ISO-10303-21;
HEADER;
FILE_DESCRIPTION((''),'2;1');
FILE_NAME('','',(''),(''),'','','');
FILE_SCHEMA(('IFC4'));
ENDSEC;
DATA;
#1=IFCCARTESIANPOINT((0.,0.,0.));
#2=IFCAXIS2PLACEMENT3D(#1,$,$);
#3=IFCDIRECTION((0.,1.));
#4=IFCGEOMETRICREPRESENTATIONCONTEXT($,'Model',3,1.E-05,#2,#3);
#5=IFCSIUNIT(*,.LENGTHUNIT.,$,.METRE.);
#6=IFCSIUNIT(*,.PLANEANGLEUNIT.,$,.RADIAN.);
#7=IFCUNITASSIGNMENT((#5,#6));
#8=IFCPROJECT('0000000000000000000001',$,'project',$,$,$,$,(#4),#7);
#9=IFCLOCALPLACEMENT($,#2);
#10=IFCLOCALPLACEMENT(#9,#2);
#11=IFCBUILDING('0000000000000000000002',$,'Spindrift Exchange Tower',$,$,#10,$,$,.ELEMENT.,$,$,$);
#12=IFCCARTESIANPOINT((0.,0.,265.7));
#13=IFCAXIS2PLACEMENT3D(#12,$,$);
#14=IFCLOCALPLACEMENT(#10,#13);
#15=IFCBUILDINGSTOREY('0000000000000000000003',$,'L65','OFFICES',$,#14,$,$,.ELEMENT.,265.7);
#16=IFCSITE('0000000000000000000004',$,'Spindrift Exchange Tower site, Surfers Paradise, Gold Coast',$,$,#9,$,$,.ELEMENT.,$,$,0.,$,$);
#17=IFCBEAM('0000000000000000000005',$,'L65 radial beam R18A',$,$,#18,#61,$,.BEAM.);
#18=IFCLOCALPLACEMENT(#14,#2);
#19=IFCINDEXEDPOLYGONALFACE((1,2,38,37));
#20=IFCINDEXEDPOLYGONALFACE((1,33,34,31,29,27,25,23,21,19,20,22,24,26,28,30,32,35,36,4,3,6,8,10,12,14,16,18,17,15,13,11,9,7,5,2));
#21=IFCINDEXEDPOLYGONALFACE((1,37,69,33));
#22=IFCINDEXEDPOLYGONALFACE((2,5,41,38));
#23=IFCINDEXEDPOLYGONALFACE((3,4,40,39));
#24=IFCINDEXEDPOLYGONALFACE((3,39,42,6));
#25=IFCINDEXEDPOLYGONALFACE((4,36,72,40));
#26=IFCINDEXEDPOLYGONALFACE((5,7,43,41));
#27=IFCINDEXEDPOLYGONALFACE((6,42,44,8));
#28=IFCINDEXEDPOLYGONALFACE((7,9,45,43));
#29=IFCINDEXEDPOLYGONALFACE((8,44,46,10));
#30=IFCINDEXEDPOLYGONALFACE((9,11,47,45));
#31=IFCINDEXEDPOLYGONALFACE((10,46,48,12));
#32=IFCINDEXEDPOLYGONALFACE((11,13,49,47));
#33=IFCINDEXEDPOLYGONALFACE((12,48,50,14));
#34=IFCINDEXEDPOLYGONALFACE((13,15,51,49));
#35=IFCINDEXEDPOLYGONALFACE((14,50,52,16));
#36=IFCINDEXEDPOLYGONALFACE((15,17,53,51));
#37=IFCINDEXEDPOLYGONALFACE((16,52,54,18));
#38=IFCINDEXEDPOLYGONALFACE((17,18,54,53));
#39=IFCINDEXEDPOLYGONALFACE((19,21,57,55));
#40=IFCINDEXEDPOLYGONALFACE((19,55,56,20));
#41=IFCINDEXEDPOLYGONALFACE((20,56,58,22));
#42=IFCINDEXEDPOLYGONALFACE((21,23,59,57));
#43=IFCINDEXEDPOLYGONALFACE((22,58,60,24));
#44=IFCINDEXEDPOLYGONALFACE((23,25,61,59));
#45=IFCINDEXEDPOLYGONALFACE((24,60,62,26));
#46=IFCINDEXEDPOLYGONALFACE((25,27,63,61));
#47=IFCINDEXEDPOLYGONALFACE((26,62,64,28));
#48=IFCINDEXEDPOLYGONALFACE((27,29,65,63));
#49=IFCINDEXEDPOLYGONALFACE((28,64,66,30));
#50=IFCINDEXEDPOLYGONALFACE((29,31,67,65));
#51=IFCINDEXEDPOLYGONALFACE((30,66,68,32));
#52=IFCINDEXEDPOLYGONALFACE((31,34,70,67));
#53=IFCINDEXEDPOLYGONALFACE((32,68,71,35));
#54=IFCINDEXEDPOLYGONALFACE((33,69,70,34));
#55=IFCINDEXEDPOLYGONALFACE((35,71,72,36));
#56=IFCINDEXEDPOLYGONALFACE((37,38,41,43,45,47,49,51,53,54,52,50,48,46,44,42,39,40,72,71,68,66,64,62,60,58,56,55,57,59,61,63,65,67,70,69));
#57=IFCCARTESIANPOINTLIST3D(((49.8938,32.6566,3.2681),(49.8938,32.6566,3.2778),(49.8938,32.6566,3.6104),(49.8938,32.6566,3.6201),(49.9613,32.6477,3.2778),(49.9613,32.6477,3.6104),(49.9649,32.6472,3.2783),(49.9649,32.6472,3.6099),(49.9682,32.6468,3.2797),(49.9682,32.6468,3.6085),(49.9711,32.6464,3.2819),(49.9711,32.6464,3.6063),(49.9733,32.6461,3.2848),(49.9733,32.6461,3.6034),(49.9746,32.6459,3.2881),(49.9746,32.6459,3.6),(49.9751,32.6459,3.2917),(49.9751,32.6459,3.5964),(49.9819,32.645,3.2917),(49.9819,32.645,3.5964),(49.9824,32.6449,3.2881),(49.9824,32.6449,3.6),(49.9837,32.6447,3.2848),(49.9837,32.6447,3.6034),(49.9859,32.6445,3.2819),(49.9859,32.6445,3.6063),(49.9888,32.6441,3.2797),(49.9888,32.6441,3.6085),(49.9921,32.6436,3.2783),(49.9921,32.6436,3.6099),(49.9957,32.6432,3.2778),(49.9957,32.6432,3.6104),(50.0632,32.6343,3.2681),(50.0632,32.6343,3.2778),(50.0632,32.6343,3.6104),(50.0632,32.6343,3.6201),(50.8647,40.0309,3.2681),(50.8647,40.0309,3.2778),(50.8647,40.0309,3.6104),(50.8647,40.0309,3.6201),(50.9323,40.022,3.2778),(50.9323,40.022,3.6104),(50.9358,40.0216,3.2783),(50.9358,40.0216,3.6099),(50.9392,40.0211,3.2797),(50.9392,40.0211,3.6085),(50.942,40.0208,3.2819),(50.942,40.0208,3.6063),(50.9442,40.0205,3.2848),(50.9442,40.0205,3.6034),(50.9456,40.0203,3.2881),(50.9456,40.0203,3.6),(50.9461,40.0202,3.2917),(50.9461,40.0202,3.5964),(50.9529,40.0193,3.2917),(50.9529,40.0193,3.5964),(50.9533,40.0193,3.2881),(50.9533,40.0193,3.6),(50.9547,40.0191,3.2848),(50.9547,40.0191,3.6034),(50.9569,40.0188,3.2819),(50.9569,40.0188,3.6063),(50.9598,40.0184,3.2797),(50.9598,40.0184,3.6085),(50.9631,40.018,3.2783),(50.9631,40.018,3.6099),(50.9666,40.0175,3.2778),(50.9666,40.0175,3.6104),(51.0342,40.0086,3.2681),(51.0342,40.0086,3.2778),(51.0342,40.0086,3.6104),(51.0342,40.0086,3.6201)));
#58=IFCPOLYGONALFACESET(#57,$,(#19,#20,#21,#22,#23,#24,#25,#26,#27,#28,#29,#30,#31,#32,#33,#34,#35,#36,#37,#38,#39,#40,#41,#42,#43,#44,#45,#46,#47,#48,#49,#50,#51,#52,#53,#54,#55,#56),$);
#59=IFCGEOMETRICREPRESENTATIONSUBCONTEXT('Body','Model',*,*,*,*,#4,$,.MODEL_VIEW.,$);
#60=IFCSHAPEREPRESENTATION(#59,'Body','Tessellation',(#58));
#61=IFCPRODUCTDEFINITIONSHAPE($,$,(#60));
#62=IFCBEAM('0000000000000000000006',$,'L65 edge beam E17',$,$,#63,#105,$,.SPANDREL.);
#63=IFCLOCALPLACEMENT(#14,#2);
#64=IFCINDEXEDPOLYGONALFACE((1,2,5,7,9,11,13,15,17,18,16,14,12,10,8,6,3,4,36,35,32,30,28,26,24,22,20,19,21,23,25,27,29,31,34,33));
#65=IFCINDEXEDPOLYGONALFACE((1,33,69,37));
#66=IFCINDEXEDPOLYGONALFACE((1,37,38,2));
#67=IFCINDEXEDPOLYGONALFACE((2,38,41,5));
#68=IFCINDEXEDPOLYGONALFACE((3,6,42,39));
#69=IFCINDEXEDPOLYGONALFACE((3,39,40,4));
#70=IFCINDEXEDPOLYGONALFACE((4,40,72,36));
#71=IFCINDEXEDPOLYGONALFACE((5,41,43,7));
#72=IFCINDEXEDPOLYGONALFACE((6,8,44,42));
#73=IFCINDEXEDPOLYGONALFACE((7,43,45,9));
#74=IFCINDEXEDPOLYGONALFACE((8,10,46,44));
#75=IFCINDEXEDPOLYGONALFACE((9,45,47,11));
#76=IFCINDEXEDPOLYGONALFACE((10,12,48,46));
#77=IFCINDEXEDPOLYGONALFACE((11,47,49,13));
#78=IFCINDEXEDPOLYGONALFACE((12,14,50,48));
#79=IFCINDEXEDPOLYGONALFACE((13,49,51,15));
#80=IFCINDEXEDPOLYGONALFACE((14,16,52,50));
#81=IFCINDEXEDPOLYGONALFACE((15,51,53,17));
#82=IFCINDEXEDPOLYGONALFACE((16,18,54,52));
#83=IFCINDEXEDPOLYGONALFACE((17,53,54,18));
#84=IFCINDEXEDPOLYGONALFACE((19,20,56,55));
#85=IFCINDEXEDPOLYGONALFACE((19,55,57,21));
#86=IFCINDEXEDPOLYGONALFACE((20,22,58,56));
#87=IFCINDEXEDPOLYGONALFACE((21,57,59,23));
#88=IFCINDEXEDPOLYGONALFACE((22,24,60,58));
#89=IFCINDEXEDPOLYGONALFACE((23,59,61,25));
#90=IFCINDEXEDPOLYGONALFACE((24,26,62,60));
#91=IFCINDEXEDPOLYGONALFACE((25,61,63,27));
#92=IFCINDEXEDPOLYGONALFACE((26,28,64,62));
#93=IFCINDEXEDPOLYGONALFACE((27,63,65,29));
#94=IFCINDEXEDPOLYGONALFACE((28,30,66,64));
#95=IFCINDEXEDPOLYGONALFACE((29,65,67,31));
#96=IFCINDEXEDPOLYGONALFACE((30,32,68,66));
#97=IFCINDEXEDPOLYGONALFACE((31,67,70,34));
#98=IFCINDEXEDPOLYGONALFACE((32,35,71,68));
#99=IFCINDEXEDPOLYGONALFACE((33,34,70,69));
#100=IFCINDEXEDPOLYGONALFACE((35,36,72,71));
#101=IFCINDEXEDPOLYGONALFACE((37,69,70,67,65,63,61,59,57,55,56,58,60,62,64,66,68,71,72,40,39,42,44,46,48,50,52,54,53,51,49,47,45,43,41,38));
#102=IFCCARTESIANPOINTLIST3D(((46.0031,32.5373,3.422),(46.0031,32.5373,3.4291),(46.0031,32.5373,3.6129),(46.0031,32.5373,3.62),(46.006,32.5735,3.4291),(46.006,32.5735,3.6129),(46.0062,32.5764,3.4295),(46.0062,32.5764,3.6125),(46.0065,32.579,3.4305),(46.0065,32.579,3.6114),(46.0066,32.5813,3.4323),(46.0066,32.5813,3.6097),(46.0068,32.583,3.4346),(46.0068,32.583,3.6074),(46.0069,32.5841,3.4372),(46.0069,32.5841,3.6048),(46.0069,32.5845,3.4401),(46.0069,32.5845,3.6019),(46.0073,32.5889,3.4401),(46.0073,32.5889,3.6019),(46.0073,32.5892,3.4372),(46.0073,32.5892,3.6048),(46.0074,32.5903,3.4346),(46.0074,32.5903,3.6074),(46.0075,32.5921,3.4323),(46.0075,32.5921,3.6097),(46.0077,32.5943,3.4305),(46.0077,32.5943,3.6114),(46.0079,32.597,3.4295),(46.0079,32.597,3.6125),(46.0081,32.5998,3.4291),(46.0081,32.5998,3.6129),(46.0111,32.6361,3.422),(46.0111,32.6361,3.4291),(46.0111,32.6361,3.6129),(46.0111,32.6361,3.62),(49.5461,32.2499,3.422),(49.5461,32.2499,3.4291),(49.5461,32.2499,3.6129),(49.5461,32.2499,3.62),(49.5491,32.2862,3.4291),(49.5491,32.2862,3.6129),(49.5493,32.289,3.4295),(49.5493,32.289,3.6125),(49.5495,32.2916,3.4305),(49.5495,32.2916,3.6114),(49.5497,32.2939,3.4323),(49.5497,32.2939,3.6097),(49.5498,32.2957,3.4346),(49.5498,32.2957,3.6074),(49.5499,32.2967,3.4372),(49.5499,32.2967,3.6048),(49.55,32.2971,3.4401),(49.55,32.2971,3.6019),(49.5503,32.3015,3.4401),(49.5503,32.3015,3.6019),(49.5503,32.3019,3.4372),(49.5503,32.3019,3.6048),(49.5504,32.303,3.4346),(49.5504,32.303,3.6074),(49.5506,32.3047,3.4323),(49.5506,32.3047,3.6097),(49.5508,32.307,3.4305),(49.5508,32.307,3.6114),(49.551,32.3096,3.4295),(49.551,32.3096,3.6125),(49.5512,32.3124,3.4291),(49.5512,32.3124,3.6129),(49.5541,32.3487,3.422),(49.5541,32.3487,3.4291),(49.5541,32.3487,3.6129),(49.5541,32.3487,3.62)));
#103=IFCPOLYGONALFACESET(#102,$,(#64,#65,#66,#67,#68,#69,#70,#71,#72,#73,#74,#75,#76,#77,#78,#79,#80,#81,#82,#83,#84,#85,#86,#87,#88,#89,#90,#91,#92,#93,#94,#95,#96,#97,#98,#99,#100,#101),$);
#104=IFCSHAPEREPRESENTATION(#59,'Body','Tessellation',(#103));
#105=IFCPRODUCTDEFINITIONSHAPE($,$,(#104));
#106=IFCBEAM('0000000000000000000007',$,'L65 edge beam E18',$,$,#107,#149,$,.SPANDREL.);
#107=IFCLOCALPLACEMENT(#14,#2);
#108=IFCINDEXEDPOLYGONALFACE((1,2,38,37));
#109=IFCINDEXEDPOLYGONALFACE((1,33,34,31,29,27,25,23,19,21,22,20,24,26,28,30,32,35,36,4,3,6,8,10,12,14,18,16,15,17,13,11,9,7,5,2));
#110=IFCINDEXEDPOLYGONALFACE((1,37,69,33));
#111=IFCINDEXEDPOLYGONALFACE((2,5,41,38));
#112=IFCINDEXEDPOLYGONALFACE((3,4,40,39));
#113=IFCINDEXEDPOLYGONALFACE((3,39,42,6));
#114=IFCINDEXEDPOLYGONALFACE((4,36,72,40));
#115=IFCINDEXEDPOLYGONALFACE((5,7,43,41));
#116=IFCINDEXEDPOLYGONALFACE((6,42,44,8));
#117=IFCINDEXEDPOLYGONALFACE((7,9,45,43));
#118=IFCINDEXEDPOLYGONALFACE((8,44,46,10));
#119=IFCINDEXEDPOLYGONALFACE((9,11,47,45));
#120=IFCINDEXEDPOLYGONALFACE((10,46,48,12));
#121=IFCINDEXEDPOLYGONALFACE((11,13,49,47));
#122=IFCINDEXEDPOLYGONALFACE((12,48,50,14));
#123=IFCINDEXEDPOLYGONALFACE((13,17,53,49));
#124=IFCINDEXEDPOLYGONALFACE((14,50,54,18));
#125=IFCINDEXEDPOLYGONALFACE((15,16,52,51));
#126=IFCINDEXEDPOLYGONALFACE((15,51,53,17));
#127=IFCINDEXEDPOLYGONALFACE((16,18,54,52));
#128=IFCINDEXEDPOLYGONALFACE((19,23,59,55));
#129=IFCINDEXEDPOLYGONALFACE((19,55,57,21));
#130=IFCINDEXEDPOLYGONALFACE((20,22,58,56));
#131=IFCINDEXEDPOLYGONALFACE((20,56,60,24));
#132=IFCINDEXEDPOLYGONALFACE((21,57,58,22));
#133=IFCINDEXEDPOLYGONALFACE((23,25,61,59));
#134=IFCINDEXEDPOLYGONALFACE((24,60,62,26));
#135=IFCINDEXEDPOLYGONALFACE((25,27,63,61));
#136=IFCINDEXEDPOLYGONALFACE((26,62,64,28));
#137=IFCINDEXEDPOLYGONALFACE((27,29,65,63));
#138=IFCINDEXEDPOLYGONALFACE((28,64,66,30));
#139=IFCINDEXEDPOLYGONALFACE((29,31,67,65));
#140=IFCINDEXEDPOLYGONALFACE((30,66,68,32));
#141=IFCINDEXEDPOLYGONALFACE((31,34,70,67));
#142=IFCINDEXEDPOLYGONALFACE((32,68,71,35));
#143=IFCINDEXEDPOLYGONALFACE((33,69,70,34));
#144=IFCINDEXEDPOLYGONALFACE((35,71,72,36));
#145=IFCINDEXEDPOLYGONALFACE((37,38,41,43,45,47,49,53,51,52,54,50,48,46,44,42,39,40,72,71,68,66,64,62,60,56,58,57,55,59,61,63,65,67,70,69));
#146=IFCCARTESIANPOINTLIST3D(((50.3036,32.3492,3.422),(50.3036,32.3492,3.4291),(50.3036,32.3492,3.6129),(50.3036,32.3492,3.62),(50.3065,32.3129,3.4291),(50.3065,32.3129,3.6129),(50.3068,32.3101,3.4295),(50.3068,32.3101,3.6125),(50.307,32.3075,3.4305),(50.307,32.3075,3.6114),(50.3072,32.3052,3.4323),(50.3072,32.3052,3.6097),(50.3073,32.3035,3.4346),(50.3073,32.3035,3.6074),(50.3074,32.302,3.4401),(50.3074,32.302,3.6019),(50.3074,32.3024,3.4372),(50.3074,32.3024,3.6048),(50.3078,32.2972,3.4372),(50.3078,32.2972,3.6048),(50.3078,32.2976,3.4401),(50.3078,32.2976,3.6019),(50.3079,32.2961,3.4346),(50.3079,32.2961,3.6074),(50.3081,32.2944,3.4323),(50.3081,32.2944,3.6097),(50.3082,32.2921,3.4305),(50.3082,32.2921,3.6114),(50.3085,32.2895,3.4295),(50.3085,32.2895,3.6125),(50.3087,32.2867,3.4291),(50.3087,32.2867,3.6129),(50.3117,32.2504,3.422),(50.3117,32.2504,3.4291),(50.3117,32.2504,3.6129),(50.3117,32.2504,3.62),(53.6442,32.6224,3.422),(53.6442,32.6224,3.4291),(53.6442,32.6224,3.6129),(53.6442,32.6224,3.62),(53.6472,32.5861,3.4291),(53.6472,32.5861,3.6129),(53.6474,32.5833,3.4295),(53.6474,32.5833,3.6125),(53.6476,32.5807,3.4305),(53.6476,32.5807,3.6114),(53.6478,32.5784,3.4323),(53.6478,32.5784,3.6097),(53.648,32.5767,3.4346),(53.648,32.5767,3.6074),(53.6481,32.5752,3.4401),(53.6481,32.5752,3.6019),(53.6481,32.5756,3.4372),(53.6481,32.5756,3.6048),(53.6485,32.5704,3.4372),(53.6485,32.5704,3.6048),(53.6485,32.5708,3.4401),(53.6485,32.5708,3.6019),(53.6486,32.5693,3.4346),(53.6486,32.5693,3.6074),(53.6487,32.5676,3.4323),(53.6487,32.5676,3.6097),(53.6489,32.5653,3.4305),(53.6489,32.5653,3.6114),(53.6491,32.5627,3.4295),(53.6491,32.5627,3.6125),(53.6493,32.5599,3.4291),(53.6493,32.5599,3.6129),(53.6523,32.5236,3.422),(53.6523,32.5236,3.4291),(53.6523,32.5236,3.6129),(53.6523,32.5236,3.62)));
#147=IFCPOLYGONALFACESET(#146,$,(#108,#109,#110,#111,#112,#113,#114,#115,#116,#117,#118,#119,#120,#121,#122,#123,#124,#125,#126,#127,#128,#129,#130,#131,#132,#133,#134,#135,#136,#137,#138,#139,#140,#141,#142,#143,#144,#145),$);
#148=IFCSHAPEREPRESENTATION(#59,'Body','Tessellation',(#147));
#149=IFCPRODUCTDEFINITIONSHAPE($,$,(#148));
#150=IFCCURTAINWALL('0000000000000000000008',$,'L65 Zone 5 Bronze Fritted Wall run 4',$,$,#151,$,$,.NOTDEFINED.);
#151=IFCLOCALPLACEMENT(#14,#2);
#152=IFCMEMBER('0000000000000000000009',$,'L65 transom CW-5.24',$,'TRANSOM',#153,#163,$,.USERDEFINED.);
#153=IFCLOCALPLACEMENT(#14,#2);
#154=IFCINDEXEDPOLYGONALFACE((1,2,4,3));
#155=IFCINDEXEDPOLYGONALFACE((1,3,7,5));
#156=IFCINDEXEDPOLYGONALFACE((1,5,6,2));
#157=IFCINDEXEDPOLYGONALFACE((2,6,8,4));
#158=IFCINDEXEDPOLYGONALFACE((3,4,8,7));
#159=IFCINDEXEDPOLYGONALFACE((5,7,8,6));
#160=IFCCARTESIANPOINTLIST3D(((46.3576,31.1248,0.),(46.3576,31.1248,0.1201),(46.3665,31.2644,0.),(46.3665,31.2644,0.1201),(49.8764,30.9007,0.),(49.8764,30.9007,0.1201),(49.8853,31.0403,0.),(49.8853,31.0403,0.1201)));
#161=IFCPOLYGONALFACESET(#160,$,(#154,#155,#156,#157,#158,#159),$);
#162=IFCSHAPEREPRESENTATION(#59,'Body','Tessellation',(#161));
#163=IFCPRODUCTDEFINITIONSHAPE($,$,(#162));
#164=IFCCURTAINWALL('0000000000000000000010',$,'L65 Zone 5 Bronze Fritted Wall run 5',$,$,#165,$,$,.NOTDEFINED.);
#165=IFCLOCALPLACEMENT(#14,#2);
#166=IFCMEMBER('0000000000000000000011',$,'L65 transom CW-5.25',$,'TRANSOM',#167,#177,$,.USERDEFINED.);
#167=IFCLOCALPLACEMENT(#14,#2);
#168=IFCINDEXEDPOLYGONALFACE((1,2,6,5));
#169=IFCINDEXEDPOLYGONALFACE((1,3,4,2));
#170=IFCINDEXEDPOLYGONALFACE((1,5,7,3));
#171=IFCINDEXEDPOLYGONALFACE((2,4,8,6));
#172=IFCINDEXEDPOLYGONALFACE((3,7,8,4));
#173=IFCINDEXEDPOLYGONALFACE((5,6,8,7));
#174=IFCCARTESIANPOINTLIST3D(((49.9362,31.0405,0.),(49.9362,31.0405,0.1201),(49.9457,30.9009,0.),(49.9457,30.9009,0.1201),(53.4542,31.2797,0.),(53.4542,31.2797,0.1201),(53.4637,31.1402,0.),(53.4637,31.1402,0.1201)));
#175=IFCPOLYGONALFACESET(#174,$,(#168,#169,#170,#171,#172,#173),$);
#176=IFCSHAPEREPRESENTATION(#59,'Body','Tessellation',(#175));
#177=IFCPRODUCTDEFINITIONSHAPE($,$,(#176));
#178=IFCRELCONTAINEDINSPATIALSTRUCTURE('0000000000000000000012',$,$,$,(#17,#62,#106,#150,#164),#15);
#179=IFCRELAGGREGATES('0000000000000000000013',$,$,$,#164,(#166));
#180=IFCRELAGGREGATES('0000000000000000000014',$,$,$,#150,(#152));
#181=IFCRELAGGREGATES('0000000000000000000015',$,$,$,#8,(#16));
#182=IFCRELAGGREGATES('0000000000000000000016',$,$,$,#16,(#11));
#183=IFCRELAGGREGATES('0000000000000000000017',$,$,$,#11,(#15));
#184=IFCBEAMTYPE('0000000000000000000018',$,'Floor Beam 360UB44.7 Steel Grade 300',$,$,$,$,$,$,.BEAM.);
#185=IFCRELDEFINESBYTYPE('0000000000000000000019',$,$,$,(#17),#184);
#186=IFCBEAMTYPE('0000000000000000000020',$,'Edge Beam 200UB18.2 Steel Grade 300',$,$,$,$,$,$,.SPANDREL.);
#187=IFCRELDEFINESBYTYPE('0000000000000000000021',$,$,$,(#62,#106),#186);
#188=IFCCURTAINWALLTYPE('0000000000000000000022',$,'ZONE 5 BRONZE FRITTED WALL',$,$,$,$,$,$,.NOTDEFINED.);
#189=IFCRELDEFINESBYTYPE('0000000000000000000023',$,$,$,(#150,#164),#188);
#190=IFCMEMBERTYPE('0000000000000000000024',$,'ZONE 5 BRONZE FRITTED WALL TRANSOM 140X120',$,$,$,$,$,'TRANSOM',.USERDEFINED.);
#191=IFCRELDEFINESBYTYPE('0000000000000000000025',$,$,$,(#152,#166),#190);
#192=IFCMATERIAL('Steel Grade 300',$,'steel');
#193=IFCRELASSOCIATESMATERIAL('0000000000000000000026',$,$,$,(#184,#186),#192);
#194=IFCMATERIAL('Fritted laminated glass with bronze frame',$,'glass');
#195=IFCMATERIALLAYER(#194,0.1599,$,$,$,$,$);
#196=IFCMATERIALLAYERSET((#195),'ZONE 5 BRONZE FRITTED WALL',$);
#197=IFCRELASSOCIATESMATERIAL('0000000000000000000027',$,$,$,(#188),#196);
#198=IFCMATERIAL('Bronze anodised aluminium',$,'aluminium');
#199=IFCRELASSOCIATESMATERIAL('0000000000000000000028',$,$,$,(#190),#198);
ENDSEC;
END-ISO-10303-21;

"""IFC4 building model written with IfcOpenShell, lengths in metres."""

from ifc_helpers import new_model, si_unit, direction, frame, origin, origin_2d, place, context, subcontext, project, spatial, rectangle, i_section, extrude, source, transform, mapped, material, layer, layer_set, material_profile, profile_set, type_object, element, aggregate, save


model = new_model("IFC4")

# Units and contexts
model_context = context("Model", 3, precision=1e-05, world=origin(), true_north=direction((0.0, 1.0)))
body_context = subcontext(model_context, "Body", "Model", "MODEL_VIEW")
ifc_project = project(units=[si_unit("LENGTHUNIT", "METRE"), si_unit("PLANEANGLEUNIT", "RADIAN")], contexts=[model_context])

# Site, building, storey
site_placement = place(None, origin())
site = spatial("IfcSite", under=ifc_project, at=site_placement, Name="Spindrift Exchange Tower site, Surfers Paradise, Gold Coast", CompositionType="ELEMENT", RefElevation=0.0)
building_placement = place(site_placement, origin())
building = spatial("IfcBuilding", under=site, at=building_placement, Name="Spindrift Exchange Tower", CompositionType="ELEMENT")
storey_placement = place(building_placement, frame((0.0, 0.0, 265.7)))
storey = spatial("IfcBuildingStorey", under=building, at=storey_placement, Name="L65", Description="OFFICES", CompositionType="ELEMENT", Elevation=265.7)

# Beams
ifc_material_1 = material(Name="Steel Grade 300", Category="steel")
ifc_material_profile_1 = material_profile(ifc_material_1, i_section(OverallWidth=0.1709, OverallDepth=0.3521, WebThickness=0.0068, FlangeThickness=0.0098, FilletRadius=0.0139, at=origin_2d()), Name="360UB44.7")
ifc_profile_set_1 = profile_set([ifc_material_profile_1], Name="Steel Grade 300")
beam_type_1 = type_object("IfcBeamType", Name="Floor Beam 360UB44.7 Steel Grade 300", PredefinedType="BEAM", material=ifc_profile_set_1)
shared_shape_1 = source(origin(), body_context, "Body", "SweptSolid", [
    extrude(i_section(OverallWidth=0.1709, OverallDepth=0.3521, WebThickness=0.0068, FlangeThickness=0.0098, FilletRadius=0.0139, at=origin_2d()), origin(), (0.0, 0.0, 1.0), 7.438),
])
beam_1_placement = place(storey_placement, frame((50.9495, 40.0198, 3.4441), z_axis=(-0.13054, -0.991443, 0.0), x_axis=(0.991443, -0.13054, 0.0)))
element("IfcBeam", 1, at=beam_1_placement, inside=storey, type_object=beam_type_1, Name="L65 radial beam R18A", PredefinedType="BEAM", context=body_context, shape_type="MappedRepresentation", body=[
    mapped(shared_shape_1, transform((0.0, 0.0, 0.0), scale=1.0)),
])
ifc_material_profile_2 = material_profile(ifc_material_1, i_section(OverallWidth=0.0991, OverallDepth=0.198, WebThickness=0.0044, FlangeThickness=0.0071, FilletRadius=0.011, at=origin_2d()), Name="200UB18.2")
ifc_profile_set_2 = profile_set([ifc_material_profile_2], Name="Steel Grade 300")
beam_type_2 = type_object("IfcBeamType", Name="Edge Beam 200UB18.2 Steel Grade 300", PredefinedType="SPANDREL", material=ifc_profile_set_2)
shared_shape_2 = source(origin(), body_context, "Body", "SweptSolid", [
    extrude(i_section(OverallWidth=0.0991, OverallDepth=0.198, WebThickness=0.0044, FlangeThickness=0.0071, FilletRadius=0.011, at=origin_2d()), origin(), (0.0, 0.0, 1.0), 3.5547),
])
beam_2_placement = place(storey_placement, frame((46.0071, 32.5867, 3.521), z_axis=(0.996727, -0.08084, 0.0), x_axis=(0.08084, 0.996727, 0.0)))
element("IfcBeam", 2, at=beam_2_placement, inside=storey, type_object=beam_type_2, Name="L65 edge beam E17", PredefinedType="SPANDREL", context=body_context, shape_type="MappedRepresentation", body=[
    mapped(shared_shape_2, transform((0.0, 0.0, 0.0), scale=1.0)),
])
shared_shape_3 = source(origin(), body_context, "Body", "SweptSolid", [
    extrude(i_section(OverallWidth=0.0991, OverallDepth=0.198, WebThickness=0.0044, FlangeThickness=0.0071, FilletRadius=0.011, at=origin_2d()), origin(), (0.0, 0.0, 1.0), 3.3518),
])
beam_3_placement = place(storey_placement, frame((50.3076, 32.2998, 3.521), z_axis=(0.996673, 0.081508, 0.0), x_axis=(-0.081508, 0.996673, 0.0)))
element("IfcBeam", 3, at=beam_3_placement, inside=storey, type_object=beam_type_2, Name="L65 edge beam E18", PredefinedType="SPANDREL", context=body_context, shape_type="MappedRepresentation", body=[
    mapped(shared_shape_3, transform((0.0, 0.0, 0.0), scale=1.0)),
])

# Curtain walls, members
ifc_material_2 = material(Name="Fritted laminated glass with bronze frame", Category="glass")
ifc_layer_1 = layer(ifc_material_2, 0.1599)
ifc_layer_set_1 = layer_set([ifc_layer_1], Name="ZONE 5 BRONZE FRITTED WALL")
curtain_wall_type = type_object("IfcCurtainWallType", Name="ZONE 5 BRONZE FRITTED WALL", PredefinedType="NOTDEFINED", material=ifc_layer_set_1)
curtain_wall_1_placement = place(storey_placement, origin())
curtain_wall_1 = element("IfcCurtainWall", 4, at=curtain_wall_1_placement, inside=storey, type_object=curtain_wall_type, Name="L65 Zone 5 Bronze Fritted Wall run 4", PredefinedType="NOTDEFINED")
ifc_material_3 = material(Name="Bronze anodised aluminium", Category="aluminium")
ifc_material_profile_3 = material_profile(ifc_material_3, rectangle(XDim=0.1399, YDim=0.1201, at=origin_2d()), Name="ZONE 5 BRONZE FRITTED WALL TRANSOM 140X120")
ifc_profile_set_3 = profile_set([ifc_material_profile_3], Name="Bronze anodised aluminium")
member_type_1 = type_object("IfcMemberType", Name="ZONE 5 BRONZE FRITTED WALL TRANSOM 140X120", ElementType="TRANSOM", PredefinedType="USERDEFINED", material=ifc_profile_set_3)
shared_shape_4 = source(origin(), body_context, "Body", "SweptSolid", [
    extrude(rectangle(XDim=0.1399, YDim=0.1201, at=origin_2d()), origin(), (0.0, 0.0, 1.0), 3.5259),
])
member_1_placement = place(storey_placement, frame((46.3621, 31.1946, 0.0601), z_axis=(0.997978, -0.063564, 0.0), x_axis=(0.063564, 0.997978, 0.0)))
member_1 = element("IfcMember", 5, at=member_1_placement, type_object=member_type_1, Name="L65 transom CW-5.24", ObjectType="TRANSOM", PredefinedType="USERDEFINED", context=body_context, shape_type="MappedRepresentation", body=[
    mapped(shared_shape_4, transform((0.0, 0.0, 0.0), scale=1.0)),
])
curtain_wall_2_placement = place(storey_placement, origin())
curtain_wall_2 = element("IfcCurtainWall", 6, at=curtain_wall_2_placement, inside=storey, type_object=curtain_wall_type, Name="L65 Zone 5 Bronze Fritted Wall run 5", PredefinedType="NOTDEFINED")
shared_shape_5 = source(origin(), body_context, "Body", "SweptSolid", [
    extrude(rectangle(XDim=0.1399, YDim=0.1201, at=origin_2d()), origin(), (0.0, 0.0, 1.0), 3.5261),
])
member_2_placement = place(storey_placement, frame((49.9409, 30.9707, 0.0601), z_axis=(0.997695, 0.067852, 0.0), x_axis=(-0.067852, 0.997695, 0.0)))
member_2 = element("IfcMember", 7, at=member_2_placement, type_object=member_type_1, Name="L65 transom CW-5.25", ObjectType="TRANSOM", PredefinedType="USERDEFINED", context=body_context, shape_type="MappedRepresentation", body=[
    mapped(shared_shape_5, transform((0.0, 0.0, 0.0), scale=1.0)),
])

aggregate(curtain_wall_2, [member_2])
aggregate(curtain_wall_1, [member_1])

save(model, "model.ifc")
